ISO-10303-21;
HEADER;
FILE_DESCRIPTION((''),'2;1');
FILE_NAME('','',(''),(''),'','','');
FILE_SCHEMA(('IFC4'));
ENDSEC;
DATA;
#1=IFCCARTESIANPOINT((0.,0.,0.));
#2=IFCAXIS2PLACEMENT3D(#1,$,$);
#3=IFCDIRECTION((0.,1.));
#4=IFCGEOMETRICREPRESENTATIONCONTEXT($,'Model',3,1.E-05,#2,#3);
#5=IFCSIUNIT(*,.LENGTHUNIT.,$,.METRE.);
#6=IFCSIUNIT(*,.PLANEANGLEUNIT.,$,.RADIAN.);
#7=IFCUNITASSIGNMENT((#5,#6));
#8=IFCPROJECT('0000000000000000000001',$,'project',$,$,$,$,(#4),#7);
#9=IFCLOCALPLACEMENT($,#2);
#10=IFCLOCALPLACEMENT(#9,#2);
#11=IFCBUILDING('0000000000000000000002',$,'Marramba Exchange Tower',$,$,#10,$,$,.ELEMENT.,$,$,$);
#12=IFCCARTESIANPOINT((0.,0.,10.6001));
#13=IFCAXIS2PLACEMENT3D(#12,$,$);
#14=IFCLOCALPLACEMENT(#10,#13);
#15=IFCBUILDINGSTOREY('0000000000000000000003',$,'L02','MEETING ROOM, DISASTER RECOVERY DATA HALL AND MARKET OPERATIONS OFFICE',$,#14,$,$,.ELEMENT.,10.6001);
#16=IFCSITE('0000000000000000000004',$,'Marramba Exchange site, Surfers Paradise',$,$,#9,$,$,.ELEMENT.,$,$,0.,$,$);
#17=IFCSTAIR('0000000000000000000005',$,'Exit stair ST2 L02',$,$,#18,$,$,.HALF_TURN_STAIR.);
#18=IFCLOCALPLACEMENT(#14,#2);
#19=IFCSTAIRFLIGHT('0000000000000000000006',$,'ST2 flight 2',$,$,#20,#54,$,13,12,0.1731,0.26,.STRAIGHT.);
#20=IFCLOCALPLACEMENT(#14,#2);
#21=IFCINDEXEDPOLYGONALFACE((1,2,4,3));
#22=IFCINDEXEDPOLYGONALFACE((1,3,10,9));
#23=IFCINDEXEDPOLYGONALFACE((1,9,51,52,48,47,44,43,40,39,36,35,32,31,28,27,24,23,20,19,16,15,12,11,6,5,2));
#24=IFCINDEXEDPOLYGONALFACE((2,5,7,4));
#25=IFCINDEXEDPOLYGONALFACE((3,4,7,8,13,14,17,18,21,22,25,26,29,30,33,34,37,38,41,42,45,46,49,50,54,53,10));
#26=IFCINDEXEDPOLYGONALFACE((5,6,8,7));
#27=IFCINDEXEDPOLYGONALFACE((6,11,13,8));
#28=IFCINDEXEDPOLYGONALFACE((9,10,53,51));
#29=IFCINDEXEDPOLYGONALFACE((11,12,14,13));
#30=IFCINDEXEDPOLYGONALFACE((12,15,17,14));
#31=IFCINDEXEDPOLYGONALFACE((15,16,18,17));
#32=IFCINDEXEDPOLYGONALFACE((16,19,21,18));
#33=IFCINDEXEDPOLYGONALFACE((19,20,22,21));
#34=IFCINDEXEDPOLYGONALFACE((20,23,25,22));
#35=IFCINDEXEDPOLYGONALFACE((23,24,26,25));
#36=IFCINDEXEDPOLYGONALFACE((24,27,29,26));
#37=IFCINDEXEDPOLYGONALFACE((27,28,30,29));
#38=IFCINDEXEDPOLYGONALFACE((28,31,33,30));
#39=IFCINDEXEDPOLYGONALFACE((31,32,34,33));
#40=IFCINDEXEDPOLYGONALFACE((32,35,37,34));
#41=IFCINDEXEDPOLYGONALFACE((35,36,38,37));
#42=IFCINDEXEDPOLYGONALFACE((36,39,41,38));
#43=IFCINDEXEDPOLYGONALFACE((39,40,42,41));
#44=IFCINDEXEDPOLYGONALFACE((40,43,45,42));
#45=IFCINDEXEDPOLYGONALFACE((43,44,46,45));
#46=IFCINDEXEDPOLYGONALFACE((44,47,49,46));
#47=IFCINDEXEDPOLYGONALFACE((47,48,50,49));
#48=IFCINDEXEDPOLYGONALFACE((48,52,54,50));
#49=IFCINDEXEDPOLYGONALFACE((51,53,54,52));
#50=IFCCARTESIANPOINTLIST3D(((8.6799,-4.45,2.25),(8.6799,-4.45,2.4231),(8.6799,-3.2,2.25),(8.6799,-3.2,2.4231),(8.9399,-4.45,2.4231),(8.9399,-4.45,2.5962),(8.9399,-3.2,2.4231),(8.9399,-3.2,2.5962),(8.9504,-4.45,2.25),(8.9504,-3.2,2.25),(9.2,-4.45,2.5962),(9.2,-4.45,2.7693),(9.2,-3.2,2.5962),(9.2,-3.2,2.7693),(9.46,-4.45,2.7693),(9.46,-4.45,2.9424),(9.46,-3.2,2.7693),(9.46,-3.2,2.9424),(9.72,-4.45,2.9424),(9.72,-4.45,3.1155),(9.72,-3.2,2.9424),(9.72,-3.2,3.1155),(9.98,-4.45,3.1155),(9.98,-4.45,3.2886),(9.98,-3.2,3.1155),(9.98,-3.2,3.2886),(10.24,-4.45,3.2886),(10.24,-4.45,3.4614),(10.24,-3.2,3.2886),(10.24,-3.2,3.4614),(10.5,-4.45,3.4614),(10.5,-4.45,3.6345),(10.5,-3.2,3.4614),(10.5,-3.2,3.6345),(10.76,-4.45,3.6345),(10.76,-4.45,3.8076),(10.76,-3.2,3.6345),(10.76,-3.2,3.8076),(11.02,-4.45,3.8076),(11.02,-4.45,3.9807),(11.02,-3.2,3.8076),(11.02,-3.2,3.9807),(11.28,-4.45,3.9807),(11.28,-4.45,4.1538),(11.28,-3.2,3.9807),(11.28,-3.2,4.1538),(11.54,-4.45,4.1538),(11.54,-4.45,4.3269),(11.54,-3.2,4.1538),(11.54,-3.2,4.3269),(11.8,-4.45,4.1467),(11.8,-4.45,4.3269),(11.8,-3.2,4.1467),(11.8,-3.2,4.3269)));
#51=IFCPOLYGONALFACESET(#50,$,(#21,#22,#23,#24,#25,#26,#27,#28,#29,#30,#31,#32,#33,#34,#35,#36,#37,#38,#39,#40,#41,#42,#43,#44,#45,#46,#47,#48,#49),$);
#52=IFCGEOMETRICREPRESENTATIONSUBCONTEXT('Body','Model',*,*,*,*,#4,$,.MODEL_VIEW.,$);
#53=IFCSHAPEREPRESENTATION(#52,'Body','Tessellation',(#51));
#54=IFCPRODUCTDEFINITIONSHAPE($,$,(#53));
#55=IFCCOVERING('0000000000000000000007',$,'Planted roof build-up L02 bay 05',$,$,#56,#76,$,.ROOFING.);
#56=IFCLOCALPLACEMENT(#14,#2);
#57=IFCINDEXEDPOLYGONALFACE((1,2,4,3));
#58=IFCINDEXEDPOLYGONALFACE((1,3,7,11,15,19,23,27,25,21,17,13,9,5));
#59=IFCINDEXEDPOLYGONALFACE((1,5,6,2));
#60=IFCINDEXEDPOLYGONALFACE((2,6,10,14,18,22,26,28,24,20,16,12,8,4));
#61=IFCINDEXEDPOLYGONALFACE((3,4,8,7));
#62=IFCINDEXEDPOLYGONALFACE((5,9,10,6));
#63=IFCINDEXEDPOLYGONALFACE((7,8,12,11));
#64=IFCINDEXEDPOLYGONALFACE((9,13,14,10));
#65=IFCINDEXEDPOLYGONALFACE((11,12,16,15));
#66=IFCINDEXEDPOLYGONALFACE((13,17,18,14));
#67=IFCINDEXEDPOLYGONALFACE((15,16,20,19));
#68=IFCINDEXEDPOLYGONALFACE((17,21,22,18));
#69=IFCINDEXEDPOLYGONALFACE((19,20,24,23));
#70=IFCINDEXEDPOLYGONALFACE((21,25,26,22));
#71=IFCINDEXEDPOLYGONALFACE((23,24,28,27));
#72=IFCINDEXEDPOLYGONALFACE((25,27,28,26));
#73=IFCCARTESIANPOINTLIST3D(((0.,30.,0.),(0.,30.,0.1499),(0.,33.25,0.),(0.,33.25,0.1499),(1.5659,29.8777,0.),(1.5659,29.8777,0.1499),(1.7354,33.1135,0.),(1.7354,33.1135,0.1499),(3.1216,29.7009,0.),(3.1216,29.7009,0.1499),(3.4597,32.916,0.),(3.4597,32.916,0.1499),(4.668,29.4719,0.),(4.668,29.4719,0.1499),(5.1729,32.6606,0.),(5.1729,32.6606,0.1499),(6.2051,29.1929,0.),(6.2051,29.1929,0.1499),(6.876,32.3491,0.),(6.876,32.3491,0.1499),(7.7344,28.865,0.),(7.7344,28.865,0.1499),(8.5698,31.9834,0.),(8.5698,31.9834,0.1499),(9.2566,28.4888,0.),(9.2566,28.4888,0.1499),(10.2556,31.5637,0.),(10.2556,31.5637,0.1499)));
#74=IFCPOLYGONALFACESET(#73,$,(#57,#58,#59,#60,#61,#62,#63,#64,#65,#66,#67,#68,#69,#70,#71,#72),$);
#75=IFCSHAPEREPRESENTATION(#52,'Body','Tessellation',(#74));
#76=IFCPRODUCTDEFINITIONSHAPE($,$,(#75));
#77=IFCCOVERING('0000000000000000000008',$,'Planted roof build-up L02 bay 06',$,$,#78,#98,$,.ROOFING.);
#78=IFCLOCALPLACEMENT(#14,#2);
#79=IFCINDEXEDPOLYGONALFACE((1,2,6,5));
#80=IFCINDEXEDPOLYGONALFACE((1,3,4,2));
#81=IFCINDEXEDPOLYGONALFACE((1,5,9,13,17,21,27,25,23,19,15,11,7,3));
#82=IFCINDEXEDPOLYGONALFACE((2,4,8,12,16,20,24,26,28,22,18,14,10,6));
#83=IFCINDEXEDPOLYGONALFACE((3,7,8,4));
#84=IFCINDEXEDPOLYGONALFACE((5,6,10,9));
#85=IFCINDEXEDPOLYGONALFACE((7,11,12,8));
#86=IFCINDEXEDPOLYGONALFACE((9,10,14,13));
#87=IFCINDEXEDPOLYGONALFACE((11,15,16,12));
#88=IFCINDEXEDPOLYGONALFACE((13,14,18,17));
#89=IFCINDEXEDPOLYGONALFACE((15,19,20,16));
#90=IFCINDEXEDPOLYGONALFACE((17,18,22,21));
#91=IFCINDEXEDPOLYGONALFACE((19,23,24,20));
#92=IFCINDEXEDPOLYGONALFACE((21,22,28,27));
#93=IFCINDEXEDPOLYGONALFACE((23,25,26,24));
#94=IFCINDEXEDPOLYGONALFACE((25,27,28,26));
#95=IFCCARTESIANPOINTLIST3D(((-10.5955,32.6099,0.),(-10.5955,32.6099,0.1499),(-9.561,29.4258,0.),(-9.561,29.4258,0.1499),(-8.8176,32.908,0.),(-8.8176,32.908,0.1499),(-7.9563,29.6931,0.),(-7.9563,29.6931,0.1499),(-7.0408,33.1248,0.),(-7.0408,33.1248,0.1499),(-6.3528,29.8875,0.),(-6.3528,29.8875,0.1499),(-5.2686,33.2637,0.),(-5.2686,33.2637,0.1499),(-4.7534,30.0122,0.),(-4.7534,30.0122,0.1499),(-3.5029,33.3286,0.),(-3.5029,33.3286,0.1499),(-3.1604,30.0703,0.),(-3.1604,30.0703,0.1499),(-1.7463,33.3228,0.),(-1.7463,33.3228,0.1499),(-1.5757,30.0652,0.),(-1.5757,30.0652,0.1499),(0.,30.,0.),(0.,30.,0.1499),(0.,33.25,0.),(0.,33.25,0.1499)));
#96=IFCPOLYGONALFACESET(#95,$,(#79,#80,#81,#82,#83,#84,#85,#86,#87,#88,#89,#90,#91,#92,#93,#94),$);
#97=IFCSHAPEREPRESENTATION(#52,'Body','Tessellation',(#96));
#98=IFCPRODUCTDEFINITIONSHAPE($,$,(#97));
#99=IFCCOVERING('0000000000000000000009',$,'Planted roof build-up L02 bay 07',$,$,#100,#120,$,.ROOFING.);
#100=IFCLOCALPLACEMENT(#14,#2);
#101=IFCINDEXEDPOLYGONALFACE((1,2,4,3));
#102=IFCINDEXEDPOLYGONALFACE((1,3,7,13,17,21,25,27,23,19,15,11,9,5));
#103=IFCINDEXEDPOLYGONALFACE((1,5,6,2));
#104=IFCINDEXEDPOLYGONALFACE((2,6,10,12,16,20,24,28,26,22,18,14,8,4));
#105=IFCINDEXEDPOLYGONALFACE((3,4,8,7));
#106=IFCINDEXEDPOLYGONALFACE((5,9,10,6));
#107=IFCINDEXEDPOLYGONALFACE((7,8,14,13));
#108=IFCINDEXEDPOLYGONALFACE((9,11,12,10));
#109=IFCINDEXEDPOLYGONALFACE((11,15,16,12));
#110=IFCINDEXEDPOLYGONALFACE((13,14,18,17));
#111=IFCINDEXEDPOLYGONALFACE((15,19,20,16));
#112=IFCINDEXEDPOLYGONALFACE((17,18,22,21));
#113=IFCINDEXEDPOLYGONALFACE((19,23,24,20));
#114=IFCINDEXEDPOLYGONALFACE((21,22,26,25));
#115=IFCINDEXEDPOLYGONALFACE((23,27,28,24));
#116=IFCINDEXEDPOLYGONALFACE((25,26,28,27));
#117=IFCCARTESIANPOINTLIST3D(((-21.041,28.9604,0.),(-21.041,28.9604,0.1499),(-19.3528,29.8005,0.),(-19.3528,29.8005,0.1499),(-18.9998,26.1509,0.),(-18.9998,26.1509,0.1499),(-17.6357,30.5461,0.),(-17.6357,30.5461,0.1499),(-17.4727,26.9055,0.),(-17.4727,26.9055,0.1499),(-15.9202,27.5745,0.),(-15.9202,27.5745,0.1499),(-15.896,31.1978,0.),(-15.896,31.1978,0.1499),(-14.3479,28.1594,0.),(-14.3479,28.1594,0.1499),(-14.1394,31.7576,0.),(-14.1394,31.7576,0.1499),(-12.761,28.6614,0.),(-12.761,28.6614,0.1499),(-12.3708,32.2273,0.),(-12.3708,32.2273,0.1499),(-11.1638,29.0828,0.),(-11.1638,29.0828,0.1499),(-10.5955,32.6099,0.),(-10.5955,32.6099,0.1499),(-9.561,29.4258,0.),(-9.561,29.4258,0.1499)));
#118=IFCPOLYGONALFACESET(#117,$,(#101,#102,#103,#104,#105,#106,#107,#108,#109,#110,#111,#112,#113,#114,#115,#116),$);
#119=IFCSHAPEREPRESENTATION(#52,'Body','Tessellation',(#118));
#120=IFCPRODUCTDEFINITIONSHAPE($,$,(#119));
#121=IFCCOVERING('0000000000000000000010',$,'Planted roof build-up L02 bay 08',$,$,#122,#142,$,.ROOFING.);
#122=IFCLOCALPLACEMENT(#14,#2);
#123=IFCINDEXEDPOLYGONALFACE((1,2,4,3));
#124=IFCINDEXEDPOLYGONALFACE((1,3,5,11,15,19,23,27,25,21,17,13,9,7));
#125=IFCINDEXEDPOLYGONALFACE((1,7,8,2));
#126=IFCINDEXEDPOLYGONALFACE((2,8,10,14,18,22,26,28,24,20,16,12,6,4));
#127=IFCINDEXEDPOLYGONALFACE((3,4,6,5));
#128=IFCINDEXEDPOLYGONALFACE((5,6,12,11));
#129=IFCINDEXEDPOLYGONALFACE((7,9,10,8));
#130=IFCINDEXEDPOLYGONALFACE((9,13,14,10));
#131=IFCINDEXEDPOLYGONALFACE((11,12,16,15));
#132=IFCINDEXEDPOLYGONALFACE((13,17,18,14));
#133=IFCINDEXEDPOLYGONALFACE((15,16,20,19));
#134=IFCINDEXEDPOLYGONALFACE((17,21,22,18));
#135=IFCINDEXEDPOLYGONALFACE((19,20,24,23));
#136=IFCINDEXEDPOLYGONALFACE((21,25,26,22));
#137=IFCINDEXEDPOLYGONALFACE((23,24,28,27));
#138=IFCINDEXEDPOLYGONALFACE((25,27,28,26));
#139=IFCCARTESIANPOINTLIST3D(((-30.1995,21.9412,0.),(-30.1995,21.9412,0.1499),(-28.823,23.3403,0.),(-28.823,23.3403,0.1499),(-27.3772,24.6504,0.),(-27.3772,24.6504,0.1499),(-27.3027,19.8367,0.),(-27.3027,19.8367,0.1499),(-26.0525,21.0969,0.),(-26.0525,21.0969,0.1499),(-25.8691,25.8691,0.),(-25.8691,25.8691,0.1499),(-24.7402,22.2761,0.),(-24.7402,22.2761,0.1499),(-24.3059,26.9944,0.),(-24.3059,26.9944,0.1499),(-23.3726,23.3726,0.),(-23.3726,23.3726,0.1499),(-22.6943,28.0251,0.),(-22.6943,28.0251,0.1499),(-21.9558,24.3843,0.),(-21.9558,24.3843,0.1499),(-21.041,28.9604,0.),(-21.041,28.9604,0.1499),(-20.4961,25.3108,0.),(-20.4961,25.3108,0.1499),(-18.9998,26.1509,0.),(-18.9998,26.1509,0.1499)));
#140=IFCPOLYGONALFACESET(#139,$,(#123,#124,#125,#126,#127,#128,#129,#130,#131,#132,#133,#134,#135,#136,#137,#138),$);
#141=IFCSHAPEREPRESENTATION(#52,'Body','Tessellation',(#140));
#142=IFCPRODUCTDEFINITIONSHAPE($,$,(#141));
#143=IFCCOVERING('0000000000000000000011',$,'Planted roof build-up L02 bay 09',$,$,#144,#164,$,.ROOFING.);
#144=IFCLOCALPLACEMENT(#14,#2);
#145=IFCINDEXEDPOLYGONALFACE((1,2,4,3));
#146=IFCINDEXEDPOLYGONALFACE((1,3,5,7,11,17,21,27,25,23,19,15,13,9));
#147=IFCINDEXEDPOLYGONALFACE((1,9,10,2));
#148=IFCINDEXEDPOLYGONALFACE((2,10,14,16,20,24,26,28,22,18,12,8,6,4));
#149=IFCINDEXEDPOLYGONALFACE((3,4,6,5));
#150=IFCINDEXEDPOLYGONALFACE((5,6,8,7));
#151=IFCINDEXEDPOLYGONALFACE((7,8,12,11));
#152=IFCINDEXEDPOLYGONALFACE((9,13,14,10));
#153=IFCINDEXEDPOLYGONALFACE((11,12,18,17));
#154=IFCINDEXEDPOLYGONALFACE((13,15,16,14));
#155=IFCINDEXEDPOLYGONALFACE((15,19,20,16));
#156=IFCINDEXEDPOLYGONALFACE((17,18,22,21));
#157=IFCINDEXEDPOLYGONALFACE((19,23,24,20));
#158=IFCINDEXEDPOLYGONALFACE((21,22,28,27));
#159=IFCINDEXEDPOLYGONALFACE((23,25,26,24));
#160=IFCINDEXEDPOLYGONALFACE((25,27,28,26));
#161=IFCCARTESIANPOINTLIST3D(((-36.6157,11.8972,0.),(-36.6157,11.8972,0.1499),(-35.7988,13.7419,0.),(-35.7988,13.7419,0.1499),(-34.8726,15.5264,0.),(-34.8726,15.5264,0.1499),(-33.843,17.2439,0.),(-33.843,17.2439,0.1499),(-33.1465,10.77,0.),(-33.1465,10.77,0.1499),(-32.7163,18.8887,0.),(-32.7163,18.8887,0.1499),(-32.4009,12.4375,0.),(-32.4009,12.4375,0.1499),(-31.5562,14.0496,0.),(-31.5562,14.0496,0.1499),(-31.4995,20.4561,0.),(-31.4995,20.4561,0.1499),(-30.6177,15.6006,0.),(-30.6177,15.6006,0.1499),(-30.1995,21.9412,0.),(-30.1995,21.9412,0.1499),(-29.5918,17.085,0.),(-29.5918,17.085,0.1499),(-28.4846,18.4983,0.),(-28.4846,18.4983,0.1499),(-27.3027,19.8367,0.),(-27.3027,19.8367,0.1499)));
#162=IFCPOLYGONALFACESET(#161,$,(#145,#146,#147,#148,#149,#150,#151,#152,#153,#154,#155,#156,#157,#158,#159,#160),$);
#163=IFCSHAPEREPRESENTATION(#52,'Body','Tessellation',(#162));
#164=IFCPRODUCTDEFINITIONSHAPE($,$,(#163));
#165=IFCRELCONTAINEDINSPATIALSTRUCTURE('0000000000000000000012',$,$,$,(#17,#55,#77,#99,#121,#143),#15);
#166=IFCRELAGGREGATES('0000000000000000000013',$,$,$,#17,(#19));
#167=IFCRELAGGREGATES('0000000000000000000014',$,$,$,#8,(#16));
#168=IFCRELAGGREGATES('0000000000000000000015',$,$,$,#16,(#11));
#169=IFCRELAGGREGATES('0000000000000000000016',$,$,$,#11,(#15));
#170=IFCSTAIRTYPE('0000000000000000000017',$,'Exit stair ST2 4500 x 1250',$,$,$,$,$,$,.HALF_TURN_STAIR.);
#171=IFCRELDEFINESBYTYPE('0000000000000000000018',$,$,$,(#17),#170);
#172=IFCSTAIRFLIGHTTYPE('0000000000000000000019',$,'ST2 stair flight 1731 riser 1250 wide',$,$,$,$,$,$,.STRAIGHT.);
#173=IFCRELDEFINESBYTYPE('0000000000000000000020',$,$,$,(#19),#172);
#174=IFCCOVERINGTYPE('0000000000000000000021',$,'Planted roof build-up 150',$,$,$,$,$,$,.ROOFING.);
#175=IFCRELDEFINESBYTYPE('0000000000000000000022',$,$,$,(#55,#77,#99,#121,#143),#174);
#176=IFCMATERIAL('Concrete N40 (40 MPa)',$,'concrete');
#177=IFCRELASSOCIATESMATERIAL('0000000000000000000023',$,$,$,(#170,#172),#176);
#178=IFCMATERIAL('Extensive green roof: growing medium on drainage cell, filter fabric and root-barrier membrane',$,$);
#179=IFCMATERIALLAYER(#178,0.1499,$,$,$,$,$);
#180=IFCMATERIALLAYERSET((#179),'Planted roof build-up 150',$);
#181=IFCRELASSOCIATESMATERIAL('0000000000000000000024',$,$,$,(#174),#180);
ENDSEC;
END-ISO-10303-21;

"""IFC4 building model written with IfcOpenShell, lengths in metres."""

from ifc_helpers import new_model, si_unit, direction, frame, origin, place, context, subcontext, project, spatial, polyline, outline, extrude, material, layer, layer_set, type_object, element, aggregate, save


model = new_model("IFC4")

# Units and contexts
model_context = context("Model", 3, precision=1e-05, world=origin(), true_north=direction((0.0, 1.0)))
body_context = subcontext(model_context, "Body", "Model", "MODEL_VIEW")
ifc_project = project(units=[si_unit("LENGTHUNIT", "METRE"), si_unit("PLANEANGLEUNIT", "RADIAN")], contexts=[model_context])

# Site, building, storey
site_placement = place(None, origin())
site = spatial("IfcSite", under=ifc_project, at=site_placement, Name="Marramba Exchange site, Surfers Paradise", CompositionType="ELEMENT", RefElevation=0.0)
building_placement = place(site_placement, origin())
building = spatial("IfcBuilding", under=site, at=building_placement, Name="Marramba Exchange Tower", CompositionType="ELEMENT")
storey_placement = place(building_placement, frame((0.0, 0.0, 10.6001)))
storey = spatial("IfcBuildingStorey", under=building, at=storey_placement, Name="L02", Description="MEETING ROOM, DISASTER RECOVERY DATA HALL AND MARKET OPERATIONS OFFICE", CompositionType="ELEMENT", Elevation=10.6001)

# Stair, stair flight
ifc_material_1 = material(Name="Concrete N40 (40 MPa)", Category="concrete")
stair_type = type_object("IfcStairType", Name="Exit stair ST2 4500 x 1250", PredefinedType="HALF_TURN_STAIR", material=ifc_material_1)
stair_placement = place(storey_placement, origin())
stair = element("IfcStair", 1, at=stair_placement, inside=storey, type_object=stair_type, Name="Exit stair ST2 L02", PredefinedType="HALF_TURN_STAIR")
stair_flight_type = type_object("IfcStairFlightType", Name="ST2 stair flight 1731 riser 1250 wide", PredefinedType="STRAIGHT", material=ifc_material_1)
stair_flight_placement = place(storey_placement, frame((8.6799, -3.825, 2.25), z_axis=(0.0, 0.0, 1.0), x_axis=(1.0, 0.0, 0.0)))
stair_flight = element("IfcStairFlight", 2, at=stair_flight_placement, type_object=stair_flight_type, Name="ST2 flight 2", NumberOfRisers=13, NumberOfTreads=12, PredefinedType="STRAIGHT", RiserHeight=0.1731, TreadLength=0.26, context=body_context, shape_type="SweptSolid", body=[
    extrude(outline(polyline([(0.0, 0.0), (0.0, 0.1731), (0.26, 0.1731), (0.26, 0.3462), (0.52, 0.3462), (0.52, 0.5193), (0.78, 0.5193), (0.78, 0.6924), (1.04, 0.6924), (1.04, 0.8655), (1.3, 0.8655), (1.3, 1.0386), (1.5601, 1.0386), (1.5601, 1.2114), (1.8201, 1.2114), (1.8201, 1.3845), (2.0801, 1.3845), (2.0801, 1.5576), (2.3401, 1.5576), (2.3401, 1.7307), (2.6001, 1.7307), (2.6001, 1.9038), (2.8601, 1.9038), (2.8601, 2.0769), (3.1201, 2.0769), (3.1201, 2.25), (3.1201, 1.8967), (0.2705, 0.0), (0.0, 0.0)])), frame((0.0, 0.625, 0.0), z_axis=(0.0, -1.0, 0.0), x_axis=(1.0, 0.0, 0.0)), (0.0, 0.0, 1.0), 1.25),
])
aggregate(stair, [stair_flight])

# Coverings
ifc_material_2 = material(Name="Extensive green roof: growing medium on drainage cell, filter fabric and root-barrier membrane")
ifc_layer_1 = layer(ifc_material_2, 0.1499)
ifc_layer_set_1 = layer_set([ifc_layer_1], Name="Planted roof build-up 150")
covering_type = type_object("IfcCoveringType", Name="Planted roof build-up 150", PredefinedType="ROOFING", material=ifc_layer_set_1)
covering_1_placement = place(storey_placement, origin())
element("IfcCovering", 3, at=covering_1_placement, inside=storey, type_object=covering_type, Name="Planted roof build-up L02 bay 05", PredefinedType="ROOFING", context=body_context, shape_type="SweptSolid", body=[
    extrude(outline(polyline([(9.2566, 28.4888), (7.7344, 28.865), (6.2051, 29.1929), (4.668, 29.4719), (3.1216, 29.7009), (1.5659, 29.8777), (0.0, 30.0), (0.0, 33.25), (1.7354, 33.1135), (3.4597, 32.916), (5.1729, 32.6606), (6.876, 32.3491), (8.5698, 31.9834), (10.2556, 31.5637), (9.2566, 28.4888)])), origin(), (0.0, 0.0, 1.0), 0.1499),
])
covering_2_placement = place(storey_placement, origin())
element("IfcCovering", 4, at=covering_2_placement, inside=storey, type_object=covering_type, Name="Planted roof build-up L02 bay 06", PredefinedType="ROOFING", context=body_context, shape_type="SweptSolid", body=[
    extrude(outline(polyline([(0.0, 30.0), (-1.5757, 30.0652), (-3.1604, 30.0703), (-4.7534, 30.0122), (-6.3528, 29.8875), (-7.9563, 29.6931), (-9.561, 29.4258), (-10.5955, 32.6099), (-10.5955, 32.6099), (-8.8176, 32.908), (-7.0408, 33.1248), (-5.2686, 33.2637), (-3.5029, 33.3286), (-1.7463, 33.3228), (0.0, 33.25), (0.0, 30.0)])), origin(), (0.0, 0.0, 1.0), 0.1499),
])
covering_3_placement = place(storey_placement, origin())
element("IfcCovering", 5, at=covering_3_placement, inside=storey, type_object=covering_type, Name="Planted roof build-up L02 bay 07", PredefinedType="ROOFING", context=body_context, shape_type="SweptSolid", body=[
    extrude(outline(polyline([(-9.561, 29.4258), (-11.1638, 29.0828), (-12.761, 28.6614), (-14.3479, 28.1594), (-15.9202, 27.5745), (-17.4727, 26.9055), (-18.9998, 26.1509), (-21.041, 28.9604), (-21.041, 28.9604), (-19.3528, 29.8005), (-17.6357, 30.5461), (-15.896, 31.1978), (-14.1394, 31.7576), (-12.3708, 32.2273), (-10.5955, 32.6099), (-9.561, 29.4258)])), origin(), (0.0, 0.0, 1.0), 0.1499),
])
covering_4_placement = place(storey_placement, origin())
element("IfcCovering", 6, at=covering_4_placement, inside=storey, type_object=covering_type, Name="Planted roof build-up L02 bay 08", PredefinedType="ROOFING", context=body_context, shape_type="SweptSolid", body=[
    extrude(outline(polyline([(-18.9998, 26.1509), (-20.4961, 25.3108), (-21.9558, 24.3843), (-23.3726, 23.3726), (-24.7402, 22.2761), (-26.0525, 21.0969), (-27.3027, 19.8367), (-30.1995, 21.9412), (-28.823, 23.3403), (-27.3772, 24.6504), (-25.8691, 25.8691), (-24.3059, 26.9944), (-22.6943, 28.0251), (-21.041, 28.9604), (-18.9998, 26.1509)])), origin(), (0.0, 0.0, 1.0), 0.1499),
])
covering_5_placement = place(storey_placement, origin())
element("IfcCovering", 7, at=covering_5_placement, inside=storey, type_object=covering_type, Name="Planted roof build-up L02 bay 09", PredefinedType="ROOFING", context=body_context, shape_type="SweptSolid", body=[
    extrude(outline(polyline([(-27.3027, 19.8367), (-28.4846, 18.4983), (-29.5918, 17.085), (-30.6177, 15.6006), (-31.5562, 14.0496), (-32.4009, 12.4375), (-33.1465, 10.77), (-36.6157, 11.8972), (-36.6157, 11.8972), (-35.7988, 13.7419), (-34.8726, 15.5264), (-33.843, 17.2439), (-32.7163, 18.8887), (-31.4995, 20.4561), (-30.1995, 21.9412), (-30.1995, 21.9412), (-27.3027, 19.8367)])), origin(), (0.0, 0.0, 1.0), 0.1499),
])

save(model, "model.ifc")
